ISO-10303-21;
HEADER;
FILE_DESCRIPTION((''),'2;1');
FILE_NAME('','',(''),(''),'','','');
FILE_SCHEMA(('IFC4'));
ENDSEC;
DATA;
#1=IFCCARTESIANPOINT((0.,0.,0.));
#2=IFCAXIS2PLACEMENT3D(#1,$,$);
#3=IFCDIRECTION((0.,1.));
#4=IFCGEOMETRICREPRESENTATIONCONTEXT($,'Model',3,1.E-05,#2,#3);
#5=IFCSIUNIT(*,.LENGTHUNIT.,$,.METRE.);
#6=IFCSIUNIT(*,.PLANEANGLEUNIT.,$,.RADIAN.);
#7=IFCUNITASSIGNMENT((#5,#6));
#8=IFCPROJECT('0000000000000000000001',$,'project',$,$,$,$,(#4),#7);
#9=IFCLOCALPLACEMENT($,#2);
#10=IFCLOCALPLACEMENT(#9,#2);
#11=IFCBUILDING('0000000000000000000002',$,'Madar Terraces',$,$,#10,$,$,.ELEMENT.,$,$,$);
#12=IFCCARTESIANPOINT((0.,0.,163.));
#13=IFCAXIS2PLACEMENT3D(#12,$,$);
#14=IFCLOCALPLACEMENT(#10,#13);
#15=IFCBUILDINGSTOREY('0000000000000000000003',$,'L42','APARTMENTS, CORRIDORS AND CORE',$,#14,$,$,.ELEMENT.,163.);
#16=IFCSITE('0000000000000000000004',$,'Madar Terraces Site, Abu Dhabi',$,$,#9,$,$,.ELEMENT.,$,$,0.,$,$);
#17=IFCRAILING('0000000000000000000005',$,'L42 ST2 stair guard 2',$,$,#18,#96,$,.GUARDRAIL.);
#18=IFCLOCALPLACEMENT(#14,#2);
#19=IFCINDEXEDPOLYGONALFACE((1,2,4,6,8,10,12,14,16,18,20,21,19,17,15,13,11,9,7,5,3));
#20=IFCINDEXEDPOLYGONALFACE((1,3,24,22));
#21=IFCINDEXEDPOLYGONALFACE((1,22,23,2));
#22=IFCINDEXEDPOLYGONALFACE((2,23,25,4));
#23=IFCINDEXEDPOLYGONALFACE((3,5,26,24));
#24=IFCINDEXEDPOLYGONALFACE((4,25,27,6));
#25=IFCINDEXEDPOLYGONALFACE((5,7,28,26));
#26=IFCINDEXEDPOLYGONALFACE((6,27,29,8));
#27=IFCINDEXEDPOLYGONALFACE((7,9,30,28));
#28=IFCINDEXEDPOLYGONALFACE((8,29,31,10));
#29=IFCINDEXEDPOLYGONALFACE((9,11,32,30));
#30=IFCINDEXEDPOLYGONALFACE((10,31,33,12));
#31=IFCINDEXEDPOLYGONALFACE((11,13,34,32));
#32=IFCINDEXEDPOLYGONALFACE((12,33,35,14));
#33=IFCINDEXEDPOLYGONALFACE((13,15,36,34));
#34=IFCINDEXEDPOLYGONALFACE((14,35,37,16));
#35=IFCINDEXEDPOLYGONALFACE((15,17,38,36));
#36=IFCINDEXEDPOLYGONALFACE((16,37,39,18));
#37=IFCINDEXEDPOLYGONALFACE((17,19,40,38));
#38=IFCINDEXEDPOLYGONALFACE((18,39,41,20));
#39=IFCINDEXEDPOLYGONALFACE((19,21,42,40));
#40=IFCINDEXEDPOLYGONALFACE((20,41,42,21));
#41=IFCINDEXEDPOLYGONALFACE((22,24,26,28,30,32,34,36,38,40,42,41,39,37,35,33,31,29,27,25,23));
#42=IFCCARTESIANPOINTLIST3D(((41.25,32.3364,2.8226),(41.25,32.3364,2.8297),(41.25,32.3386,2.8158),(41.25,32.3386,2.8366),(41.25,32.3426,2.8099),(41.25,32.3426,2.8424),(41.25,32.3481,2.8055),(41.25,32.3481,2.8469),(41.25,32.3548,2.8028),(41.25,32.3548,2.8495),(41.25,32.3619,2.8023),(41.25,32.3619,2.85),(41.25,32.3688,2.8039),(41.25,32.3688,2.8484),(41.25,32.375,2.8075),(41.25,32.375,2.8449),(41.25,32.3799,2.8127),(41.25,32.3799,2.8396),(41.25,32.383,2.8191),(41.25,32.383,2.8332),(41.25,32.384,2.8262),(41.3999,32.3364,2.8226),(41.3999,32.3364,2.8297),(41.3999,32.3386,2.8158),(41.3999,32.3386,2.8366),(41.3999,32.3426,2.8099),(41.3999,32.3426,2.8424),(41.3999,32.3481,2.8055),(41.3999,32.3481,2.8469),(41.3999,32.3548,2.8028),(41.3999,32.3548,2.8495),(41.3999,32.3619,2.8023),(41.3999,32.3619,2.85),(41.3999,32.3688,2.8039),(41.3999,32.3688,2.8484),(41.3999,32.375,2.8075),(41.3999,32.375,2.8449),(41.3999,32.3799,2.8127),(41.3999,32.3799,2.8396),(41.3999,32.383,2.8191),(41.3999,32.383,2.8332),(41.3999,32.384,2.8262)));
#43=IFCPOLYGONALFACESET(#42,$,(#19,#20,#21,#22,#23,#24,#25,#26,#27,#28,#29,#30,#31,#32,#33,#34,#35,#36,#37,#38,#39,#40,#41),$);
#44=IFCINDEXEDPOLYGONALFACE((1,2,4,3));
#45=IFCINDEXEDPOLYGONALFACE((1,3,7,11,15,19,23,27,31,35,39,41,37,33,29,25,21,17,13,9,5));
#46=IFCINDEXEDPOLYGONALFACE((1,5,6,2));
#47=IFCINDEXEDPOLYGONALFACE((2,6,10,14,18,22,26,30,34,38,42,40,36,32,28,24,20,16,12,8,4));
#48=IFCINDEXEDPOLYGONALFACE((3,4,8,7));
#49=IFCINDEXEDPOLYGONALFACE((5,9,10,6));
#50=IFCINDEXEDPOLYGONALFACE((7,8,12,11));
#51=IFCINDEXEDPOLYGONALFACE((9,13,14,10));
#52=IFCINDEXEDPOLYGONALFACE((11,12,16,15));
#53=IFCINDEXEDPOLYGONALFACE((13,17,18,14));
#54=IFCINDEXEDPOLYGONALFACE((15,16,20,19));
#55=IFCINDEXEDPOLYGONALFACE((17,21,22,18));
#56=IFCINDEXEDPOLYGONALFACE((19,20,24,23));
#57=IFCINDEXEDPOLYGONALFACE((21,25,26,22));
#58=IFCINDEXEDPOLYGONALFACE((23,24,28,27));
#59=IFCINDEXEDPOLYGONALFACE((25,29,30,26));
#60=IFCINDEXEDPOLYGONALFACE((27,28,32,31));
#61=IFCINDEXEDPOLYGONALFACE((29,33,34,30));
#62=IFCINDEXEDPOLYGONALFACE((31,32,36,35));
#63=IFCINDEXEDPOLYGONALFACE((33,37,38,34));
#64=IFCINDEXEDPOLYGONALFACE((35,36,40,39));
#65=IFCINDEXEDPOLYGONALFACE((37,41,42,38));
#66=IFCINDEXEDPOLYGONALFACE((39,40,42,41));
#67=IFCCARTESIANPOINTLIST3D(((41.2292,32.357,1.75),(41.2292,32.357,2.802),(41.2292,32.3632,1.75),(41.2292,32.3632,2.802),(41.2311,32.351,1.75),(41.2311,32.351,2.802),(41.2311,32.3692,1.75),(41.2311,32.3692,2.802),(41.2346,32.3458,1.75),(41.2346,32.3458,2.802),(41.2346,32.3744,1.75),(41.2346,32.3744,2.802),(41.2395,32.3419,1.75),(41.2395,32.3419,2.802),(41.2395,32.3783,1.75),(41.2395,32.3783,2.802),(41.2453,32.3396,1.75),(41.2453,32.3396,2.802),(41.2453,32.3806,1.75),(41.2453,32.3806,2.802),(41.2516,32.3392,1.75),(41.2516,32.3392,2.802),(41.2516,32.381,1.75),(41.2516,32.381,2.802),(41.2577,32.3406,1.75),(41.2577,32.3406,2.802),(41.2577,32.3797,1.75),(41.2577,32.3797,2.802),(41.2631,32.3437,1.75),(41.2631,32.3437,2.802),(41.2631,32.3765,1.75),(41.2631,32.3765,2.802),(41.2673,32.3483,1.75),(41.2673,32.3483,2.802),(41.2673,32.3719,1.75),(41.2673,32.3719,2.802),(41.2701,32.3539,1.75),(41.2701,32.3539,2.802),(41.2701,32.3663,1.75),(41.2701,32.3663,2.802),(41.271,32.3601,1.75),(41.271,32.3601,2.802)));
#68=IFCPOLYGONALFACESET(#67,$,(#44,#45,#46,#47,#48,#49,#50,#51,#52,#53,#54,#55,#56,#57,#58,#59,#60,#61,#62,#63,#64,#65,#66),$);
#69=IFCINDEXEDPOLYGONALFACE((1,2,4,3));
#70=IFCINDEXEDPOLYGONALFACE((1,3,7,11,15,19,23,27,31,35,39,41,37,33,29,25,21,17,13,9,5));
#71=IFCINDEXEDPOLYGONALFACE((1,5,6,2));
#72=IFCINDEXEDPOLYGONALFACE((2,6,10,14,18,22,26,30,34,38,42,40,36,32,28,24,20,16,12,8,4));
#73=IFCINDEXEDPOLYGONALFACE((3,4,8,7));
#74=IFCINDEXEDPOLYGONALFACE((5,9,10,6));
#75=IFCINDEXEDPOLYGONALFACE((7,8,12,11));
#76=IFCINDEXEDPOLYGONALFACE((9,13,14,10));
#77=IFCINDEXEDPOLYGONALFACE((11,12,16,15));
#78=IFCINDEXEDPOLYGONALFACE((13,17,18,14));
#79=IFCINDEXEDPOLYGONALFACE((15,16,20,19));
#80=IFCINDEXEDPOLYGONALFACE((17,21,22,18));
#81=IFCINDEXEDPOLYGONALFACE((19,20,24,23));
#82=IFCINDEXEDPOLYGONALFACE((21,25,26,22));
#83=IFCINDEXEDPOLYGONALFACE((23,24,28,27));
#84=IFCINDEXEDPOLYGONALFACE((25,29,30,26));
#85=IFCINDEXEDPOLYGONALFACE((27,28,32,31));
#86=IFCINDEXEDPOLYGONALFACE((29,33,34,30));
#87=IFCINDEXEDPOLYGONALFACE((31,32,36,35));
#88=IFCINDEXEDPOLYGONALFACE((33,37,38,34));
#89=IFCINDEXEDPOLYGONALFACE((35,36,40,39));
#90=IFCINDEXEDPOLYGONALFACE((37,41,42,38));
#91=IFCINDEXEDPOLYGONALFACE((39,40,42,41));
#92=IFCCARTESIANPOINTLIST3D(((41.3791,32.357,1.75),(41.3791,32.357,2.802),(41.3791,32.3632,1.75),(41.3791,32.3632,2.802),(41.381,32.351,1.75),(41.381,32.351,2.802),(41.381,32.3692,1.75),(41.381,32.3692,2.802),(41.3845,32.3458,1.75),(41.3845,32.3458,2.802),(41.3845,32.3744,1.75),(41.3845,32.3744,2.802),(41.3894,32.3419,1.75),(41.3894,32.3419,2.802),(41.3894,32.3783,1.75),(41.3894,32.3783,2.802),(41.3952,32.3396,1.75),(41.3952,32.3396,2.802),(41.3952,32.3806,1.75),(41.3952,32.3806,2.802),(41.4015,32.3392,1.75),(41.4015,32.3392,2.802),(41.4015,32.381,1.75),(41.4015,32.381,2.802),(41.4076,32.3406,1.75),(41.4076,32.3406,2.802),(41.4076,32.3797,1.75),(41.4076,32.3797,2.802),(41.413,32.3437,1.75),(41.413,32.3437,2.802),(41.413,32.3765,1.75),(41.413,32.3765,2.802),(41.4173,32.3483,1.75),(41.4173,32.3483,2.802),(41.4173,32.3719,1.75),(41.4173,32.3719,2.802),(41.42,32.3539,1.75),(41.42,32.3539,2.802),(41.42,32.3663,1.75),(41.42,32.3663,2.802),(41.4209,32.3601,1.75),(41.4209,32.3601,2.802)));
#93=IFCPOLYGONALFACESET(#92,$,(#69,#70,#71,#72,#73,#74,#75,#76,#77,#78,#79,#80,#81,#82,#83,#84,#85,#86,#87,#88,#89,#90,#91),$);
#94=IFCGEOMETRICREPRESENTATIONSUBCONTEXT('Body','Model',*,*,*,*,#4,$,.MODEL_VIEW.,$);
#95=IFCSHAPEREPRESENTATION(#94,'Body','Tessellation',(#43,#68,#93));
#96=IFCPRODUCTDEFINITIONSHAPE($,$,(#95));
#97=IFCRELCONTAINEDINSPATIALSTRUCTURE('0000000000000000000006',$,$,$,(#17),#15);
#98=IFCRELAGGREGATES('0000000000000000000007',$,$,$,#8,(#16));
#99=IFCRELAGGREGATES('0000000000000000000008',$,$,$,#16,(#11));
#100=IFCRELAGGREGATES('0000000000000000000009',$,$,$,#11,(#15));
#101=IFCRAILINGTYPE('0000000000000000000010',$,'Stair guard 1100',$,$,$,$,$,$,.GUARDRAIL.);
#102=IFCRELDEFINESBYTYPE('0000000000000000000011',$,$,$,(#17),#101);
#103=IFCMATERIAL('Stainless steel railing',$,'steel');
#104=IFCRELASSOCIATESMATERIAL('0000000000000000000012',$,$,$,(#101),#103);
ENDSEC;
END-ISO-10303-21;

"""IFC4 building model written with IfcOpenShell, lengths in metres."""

from ifc_helpers import new_model, si_unit, direction, frame, origin, origin_2d, place, context, subcontext, project, spatial, circle, extrude, material, type_object, element, save


model = new_model("IFC4")

# Units and contexts
model_context = context("Model", 3, precision=1e-05, world=origin(), true_north=direction((0.0, 1.0)))
body_context = subcontext(model_context, "Body", "Model", "MODEL_VIEW")
ifc_project = project(units=[si_unit("LENGTHUNIT", "METRE"), si_unit("PLANEANGLEUNIT", "RADIAN")], contexts=[model_context])

# Site, building, storey
site_placement = place(None, origin())
site = spatial("IfcSite", under=ifc_project, at=site_placement, Name="Madar Terraces Site, Abu Dhabi", CompositionType="ELEMENT", RefElevation=0.0)
building_placement = place(site_placement, origin())
building = spatial("IfcBuilding", under=site, at=building_placement, Name="Madar Terraces", CompositionType="ELEMENT")
storey_placement = place(building_placement, frame((0.0, 0.0, 163.0)))
storey = spatial("IfcBuildingStorey", under=building, at=storey_placement, Name="L42", Description="APARTMENTS, CORRIDORS AND CORE", CompositionType="ELEMENT", Elevation=163.0)

# Railing
ifc_material_1 = material(Name="Stainless steel railing", Category="steel")
railing_type_1 = type_object("IfcRailingType", Name="Stair guard 1100", PredefinedType="GUARDRAIL", material=ifc_material_1)
railing_1_placement = place(storey_placement, frame((41.25, 32.3601, 1.75)))
element("IfcRailing", 1, at=railing_1_placement, inside=storey, type_object=railing_type_1, Name="L42 ST2 stair guard 2", PredefinedType="GUARDRAIL", context=body_context, shape_type="SweptSolid", body=[
    extrude(circle(Radius=0.0239, at=origin_2d()), frame((0.0, 0.0, 1.0762), z_axis=(1.0, 0.0, 0.0), x_axis=(0.0, 1.0, 0.0)), (0.0, 0.0, 1.0), 0.1499),
    extrude(circle(Radius=0.021, at=origin_2d()), origin(), (0.0, 0.0, 1.0), 1.052),
    extrude(circle(Radius=0.021, at=origin_2d()), frame((0.1499, 0.0, 0.0)), (0.0, 0.0, 1.0), 1.052),
])

save(model, "model.ifc")
